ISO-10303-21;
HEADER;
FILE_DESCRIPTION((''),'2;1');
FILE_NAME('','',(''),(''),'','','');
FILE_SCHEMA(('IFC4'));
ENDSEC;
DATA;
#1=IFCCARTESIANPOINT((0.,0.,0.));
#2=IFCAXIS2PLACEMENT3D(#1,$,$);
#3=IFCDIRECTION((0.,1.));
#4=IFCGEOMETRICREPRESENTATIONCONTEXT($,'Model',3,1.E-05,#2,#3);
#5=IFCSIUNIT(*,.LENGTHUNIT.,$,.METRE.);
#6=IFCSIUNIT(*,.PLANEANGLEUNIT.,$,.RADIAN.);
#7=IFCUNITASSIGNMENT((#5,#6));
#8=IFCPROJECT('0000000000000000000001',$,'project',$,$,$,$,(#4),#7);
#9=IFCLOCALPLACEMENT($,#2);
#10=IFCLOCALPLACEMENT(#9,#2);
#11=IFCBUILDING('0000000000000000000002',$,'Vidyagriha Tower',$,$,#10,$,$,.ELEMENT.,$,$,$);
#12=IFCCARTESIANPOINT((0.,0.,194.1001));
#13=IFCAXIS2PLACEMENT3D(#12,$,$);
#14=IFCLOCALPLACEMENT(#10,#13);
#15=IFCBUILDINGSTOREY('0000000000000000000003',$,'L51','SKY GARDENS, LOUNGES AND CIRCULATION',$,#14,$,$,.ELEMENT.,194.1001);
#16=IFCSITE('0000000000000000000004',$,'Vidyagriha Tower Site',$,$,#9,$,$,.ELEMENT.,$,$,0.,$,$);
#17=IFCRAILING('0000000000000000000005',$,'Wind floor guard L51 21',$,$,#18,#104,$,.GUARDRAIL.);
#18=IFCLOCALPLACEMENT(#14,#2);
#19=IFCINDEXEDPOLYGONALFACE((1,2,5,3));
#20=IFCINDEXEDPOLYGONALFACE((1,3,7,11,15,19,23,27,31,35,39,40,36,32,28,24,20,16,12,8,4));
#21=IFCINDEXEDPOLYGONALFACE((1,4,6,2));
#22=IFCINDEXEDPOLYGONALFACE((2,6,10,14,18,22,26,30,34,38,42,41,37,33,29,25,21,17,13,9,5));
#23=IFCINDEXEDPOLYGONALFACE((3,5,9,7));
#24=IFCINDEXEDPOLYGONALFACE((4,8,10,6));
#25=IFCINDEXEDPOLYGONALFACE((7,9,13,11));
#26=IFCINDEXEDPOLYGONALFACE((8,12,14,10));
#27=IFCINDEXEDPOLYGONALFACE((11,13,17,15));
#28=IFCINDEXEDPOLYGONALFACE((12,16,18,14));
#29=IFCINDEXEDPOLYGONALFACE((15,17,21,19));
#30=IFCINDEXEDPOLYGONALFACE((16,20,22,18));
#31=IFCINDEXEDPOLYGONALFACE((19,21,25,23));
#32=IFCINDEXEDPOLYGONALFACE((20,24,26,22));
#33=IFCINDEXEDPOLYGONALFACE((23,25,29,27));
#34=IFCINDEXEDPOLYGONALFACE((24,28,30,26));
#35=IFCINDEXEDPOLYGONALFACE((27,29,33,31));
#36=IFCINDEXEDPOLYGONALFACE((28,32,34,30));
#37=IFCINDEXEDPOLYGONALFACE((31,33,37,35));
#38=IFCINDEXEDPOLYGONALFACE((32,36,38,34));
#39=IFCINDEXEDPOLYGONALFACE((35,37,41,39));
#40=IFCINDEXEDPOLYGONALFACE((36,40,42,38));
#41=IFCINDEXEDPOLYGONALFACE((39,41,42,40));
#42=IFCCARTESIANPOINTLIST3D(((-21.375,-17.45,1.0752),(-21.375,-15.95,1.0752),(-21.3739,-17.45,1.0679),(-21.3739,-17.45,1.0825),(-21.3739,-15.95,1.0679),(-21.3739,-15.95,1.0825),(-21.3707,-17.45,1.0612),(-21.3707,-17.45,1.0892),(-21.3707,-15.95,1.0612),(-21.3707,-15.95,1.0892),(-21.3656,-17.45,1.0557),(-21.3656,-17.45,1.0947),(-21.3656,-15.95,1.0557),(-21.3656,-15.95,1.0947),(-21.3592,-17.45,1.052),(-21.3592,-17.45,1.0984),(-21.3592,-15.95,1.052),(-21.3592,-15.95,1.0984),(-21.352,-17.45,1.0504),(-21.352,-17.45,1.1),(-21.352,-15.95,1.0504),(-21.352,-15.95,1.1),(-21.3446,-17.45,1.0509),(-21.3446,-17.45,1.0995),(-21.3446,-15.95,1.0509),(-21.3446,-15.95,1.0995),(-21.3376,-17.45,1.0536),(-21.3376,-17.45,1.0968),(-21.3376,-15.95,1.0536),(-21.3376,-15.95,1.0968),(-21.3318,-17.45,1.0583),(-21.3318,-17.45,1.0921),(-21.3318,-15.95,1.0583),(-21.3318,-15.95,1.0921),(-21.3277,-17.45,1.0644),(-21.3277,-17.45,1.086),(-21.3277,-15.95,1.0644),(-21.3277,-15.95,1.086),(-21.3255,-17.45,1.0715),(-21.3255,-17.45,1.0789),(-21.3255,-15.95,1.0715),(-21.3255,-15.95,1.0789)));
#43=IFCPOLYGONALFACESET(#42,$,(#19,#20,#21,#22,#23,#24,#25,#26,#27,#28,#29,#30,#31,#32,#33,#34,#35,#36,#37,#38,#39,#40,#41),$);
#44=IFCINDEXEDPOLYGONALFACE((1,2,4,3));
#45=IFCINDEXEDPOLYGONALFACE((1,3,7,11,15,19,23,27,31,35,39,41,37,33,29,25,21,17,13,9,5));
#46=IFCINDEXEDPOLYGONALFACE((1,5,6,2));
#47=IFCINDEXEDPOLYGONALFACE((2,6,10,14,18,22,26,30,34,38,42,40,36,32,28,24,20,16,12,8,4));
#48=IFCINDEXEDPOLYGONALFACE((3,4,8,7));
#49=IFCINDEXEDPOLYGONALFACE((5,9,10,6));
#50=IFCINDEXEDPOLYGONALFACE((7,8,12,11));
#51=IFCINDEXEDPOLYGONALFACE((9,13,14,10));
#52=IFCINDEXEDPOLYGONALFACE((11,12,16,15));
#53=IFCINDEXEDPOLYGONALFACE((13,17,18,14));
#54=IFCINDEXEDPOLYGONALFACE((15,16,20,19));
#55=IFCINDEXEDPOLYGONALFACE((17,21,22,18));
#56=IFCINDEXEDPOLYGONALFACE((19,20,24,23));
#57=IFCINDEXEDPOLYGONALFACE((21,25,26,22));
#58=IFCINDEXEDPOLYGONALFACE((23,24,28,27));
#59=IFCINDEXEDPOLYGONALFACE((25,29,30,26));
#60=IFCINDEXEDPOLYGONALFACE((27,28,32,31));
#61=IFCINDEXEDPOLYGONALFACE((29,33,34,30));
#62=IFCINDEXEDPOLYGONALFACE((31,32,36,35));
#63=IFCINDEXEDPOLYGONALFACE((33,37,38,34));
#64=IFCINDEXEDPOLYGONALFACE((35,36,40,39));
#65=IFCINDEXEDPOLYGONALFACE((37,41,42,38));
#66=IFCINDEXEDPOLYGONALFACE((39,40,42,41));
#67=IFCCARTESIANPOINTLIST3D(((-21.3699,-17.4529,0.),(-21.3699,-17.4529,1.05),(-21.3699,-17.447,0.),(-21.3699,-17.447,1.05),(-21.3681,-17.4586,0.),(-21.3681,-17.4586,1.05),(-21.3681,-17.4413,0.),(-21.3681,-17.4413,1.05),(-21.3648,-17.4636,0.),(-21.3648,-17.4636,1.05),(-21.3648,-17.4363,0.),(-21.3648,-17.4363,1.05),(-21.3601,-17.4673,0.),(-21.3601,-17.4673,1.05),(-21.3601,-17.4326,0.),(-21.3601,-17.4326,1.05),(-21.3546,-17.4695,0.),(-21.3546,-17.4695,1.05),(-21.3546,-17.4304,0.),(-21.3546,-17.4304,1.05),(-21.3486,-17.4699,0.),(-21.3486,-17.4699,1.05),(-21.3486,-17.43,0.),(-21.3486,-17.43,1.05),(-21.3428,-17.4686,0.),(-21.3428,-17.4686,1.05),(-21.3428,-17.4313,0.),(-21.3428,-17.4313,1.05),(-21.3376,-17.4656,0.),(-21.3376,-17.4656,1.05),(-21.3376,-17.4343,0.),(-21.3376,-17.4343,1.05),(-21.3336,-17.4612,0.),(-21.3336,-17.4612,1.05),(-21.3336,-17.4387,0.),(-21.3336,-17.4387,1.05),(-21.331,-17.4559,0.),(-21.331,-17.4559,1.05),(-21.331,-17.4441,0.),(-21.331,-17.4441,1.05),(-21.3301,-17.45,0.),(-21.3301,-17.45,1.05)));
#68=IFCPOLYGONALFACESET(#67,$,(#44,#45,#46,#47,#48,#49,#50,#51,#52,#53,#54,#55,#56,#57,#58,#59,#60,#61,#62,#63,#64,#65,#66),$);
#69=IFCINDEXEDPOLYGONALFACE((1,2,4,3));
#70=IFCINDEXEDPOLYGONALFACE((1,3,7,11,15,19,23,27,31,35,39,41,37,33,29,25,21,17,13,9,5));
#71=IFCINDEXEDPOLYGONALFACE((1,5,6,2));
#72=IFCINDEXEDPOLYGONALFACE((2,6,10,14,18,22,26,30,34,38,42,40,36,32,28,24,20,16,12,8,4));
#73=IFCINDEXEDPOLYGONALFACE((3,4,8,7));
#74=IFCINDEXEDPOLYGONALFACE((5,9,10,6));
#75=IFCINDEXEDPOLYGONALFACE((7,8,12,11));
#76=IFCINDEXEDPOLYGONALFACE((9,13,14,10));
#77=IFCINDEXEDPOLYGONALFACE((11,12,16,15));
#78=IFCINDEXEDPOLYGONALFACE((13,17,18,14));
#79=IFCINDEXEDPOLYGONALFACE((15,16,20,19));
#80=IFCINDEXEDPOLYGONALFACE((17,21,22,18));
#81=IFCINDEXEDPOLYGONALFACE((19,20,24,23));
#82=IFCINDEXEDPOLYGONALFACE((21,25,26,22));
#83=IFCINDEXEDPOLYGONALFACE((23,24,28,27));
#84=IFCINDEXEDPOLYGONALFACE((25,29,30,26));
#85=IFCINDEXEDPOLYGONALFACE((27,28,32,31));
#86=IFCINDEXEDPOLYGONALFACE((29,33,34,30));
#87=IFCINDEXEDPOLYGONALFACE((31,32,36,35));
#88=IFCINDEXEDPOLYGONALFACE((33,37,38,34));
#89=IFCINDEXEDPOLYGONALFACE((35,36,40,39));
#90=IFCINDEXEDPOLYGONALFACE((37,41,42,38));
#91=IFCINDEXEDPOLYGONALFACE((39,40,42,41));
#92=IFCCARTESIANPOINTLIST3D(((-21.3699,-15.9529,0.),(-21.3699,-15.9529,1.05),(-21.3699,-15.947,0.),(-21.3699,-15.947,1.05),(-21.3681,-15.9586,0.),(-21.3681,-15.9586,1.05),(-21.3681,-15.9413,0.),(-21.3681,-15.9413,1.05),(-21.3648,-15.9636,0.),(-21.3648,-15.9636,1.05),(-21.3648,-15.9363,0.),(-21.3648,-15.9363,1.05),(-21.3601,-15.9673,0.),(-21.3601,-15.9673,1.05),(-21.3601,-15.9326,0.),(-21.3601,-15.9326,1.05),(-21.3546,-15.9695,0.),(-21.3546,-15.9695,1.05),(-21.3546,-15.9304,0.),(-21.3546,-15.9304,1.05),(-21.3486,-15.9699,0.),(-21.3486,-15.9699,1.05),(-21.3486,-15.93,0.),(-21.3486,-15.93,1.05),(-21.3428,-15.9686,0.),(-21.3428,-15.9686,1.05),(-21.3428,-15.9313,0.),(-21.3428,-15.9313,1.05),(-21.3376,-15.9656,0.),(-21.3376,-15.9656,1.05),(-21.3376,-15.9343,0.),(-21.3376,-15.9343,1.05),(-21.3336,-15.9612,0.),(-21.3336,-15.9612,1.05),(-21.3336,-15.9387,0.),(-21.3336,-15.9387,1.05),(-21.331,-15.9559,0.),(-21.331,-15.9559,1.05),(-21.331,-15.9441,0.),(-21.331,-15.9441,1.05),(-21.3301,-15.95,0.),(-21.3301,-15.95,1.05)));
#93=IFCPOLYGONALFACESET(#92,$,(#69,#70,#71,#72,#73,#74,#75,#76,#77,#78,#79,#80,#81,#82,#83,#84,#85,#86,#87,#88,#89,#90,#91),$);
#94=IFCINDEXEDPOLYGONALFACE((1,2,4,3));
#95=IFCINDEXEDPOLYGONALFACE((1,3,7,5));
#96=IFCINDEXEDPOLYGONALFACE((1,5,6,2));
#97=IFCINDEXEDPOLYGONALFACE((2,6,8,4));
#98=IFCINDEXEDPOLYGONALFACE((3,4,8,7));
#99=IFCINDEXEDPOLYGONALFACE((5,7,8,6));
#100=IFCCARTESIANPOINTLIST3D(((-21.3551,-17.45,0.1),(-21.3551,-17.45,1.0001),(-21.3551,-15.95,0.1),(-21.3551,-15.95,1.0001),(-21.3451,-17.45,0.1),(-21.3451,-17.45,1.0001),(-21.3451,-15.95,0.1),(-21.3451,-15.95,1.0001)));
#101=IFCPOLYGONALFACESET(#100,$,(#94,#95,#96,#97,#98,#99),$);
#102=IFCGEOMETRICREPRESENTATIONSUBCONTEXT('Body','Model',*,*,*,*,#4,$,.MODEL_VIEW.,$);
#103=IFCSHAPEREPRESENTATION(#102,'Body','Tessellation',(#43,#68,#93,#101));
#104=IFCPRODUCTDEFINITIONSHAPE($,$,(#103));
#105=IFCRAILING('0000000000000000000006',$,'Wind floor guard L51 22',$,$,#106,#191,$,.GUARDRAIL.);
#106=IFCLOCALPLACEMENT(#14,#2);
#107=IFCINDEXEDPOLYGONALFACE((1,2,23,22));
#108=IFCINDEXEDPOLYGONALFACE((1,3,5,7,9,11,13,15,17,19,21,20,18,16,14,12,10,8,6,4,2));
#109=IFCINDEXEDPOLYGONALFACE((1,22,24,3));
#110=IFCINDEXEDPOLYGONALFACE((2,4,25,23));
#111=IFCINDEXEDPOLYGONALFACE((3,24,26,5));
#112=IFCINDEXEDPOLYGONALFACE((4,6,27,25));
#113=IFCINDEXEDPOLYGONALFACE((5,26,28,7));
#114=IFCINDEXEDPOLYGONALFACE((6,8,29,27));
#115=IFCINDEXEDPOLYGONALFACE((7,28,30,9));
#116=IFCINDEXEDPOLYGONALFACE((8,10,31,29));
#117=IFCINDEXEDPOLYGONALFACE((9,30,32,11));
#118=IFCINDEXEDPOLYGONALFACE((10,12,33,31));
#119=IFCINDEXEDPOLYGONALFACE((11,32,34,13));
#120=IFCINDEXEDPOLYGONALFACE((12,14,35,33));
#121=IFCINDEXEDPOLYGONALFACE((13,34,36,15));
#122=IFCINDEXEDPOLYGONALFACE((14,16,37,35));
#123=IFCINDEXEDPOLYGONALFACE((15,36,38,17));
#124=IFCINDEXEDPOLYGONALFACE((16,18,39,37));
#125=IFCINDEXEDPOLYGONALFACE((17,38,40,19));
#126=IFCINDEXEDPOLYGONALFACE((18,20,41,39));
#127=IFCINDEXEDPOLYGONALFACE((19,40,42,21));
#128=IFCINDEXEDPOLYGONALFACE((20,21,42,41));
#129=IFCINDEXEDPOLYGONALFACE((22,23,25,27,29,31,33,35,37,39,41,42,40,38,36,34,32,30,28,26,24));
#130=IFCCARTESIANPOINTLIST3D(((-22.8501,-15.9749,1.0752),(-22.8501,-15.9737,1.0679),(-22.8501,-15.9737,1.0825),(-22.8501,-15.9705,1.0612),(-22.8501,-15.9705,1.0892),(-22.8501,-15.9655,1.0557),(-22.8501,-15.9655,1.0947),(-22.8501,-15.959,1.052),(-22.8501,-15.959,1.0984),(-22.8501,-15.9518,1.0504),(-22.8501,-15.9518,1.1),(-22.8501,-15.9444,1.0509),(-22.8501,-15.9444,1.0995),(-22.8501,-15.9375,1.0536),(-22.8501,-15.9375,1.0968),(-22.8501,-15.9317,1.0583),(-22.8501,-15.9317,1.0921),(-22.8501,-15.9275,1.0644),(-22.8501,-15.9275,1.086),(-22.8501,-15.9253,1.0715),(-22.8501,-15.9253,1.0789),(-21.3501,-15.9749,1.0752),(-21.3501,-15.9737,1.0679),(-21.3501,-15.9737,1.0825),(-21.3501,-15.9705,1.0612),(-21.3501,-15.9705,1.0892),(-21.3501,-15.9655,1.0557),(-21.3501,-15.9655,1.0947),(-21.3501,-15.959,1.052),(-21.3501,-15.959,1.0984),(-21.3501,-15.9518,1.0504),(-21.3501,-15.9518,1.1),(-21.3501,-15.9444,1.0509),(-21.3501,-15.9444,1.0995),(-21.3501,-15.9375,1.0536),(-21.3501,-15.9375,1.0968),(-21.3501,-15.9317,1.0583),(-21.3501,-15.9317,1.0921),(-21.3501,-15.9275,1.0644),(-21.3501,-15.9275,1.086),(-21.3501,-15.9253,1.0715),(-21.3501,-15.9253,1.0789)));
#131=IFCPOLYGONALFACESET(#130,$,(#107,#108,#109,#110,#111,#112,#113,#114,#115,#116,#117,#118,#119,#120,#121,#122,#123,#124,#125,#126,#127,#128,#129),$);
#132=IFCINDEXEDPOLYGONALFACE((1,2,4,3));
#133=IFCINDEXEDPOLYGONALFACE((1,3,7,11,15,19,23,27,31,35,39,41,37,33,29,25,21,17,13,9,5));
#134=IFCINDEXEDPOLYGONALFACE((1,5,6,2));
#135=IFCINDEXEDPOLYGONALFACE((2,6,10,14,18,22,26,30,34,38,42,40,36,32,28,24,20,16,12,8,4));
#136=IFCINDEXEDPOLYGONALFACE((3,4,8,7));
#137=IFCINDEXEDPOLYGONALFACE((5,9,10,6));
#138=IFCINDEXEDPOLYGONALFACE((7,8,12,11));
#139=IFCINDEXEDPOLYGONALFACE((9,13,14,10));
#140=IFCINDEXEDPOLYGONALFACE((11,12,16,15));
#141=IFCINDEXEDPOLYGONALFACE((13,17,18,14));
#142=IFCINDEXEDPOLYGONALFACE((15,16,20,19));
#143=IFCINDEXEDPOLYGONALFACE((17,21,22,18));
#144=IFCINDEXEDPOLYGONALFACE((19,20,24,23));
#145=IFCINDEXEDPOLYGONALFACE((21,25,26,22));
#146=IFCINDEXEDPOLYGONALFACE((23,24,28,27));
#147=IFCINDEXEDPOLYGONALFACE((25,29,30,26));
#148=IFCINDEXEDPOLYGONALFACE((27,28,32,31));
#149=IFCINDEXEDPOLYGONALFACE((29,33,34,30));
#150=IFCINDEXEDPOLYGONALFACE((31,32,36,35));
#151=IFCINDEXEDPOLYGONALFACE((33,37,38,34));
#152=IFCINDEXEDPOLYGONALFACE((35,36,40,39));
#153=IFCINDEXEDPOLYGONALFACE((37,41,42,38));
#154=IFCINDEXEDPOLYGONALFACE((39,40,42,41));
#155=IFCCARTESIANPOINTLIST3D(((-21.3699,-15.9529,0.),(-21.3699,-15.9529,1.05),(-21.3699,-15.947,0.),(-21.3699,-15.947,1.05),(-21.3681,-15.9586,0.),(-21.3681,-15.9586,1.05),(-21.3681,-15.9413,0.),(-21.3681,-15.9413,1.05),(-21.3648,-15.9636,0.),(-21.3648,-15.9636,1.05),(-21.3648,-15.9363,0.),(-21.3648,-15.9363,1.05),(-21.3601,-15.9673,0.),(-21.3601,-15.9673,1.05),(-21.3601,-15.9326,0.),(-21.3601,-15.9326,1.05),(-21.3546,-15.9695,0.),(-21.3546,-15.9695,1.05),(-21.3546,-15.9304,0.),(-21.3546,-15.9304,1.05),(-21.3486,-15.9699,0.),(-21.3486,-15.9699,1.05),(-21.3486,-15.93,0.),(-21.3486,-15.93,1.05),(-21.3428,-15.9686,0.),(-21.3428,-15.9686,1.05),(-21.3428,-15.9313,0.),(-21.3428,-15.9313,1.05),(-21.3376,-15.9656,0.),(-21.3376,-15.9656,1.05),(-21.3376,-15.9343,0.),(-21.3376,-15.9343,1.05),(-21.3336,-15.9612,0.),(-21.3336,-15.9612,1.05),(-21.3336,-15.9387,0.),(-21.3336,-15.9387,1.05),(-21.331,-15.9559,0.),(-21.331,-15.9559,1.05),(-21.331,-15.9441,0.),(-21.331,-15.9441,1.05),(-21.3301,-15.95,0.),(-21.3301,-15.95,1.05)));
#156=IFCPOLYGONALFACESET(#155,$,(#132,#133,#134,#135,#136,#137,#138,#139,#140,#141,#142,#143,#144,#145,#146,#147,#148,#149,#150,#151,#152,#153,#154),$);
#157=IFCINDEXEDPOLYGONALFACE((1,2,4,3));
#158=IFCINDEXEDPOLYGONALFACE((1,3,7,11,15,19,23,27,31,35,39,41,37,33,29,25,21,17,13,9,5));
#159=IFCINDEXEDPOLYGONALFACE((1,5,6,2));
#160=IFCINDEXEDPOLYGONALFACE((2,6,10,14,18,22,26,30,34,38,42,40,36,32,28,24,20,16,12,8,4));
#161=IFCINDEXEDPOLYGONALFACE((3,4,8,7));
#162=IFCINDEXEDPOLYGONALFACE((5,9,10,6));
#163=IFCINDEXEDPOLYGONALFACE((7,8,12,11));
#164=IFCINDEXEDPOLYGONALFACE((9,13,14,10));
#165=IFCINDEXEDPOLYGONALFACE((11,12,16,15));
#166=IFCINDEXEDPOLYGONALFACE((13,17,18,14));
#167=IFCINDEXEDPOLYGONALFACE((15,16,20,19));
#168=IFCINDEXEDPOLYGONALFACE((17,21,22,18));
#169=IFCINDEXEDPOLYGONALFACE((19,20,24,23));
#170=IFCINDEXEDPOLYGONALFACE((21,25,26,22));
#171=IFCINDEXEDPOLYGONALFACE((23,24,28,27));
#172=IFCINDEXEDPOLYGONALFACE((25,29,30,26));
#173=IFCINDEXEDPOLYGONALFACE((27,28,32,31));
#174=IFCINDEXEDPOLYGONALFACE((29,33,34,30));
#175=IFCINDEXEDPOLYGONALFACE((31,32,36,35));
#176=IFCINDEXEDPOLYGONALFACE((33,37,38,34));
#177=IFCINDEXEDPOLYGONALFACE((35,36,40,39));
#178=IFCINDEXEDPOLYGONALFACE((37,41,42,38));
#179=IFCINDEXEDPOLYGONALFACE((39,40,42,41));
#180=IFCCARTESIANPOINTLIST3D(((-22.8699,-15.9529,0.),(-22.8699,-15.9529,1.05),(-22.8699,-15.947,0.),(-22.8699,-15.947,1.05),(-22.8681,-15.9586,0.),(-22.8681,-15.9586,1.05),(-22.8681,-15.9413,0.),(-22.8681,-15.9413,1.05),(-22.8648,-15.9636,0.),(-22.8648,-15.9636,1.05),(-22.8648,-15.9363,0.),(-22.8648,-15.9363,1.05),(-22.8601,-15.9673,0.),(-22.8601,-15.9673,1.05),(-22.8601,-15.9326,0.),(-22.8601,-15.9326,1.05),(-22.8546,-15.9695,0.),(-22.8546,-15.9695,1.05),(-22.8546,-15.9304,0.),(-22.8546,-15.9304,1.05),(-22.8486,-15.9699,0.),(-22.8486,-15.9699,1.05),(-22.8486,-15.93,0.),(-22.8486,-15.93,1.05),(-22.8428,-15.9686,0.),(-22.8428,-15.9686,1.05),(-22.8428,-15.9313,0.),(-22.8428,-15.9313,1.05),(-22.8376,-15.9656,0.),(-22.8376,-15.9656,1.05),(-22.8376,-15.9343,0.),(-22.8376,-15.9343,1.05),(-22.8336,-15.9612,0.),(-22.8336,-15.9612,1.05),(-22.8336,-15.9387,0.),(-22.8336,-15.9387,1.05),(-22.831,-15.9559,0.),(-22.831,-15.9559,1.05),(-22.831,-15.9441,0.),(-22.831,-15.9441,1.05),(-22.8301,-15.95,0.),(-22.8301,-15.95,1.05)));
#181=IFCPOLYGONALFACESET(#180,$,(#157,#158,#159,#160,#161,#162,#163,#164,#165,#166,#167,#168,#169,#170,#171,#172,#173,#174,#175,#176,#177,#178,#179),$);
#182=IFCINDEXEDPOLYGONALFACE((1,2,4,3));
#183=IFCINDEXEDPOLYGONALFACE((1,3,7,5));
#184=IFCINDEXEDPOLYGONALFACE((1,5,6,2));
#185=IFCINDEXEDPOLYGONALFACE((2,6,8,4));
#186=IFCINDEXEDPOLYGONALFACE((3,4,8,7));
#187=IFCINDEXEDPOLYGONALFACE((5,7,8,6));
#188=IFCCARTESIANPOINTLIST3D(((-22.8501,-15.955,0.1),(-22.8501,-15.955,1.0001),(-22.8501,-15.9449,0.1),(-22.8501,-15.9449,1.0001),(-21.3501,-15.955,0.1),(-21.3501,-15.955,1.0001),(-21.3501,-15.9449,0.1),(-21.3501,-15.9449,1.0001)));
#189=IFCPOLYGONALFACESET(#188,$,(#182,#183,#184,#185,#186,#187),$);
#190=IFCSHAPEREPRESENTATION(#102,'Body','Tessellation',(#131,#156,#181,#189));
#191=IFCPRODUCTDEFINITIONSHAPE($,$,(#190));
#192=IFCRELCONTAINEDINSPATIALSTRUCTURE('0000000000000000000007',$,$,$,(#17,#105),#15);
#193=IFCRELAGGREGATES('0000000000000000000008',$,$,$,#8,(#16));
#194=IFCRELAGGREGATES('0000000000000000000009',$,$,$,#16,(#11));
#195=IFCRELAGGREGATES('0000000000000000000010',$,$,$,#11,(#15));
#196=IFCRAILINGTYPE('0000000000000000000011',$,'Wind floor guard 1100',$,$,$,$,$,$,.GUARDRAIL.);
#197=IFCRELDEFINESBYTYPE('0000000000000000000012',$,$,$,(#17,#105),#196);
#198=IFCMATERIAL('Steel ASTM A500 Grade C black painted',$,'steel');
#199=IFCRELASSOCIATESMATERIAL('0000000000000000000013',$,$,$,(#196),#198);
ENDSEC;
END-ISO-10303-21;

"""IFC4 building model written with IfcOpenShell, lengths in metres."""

from ifc_helpers import new_model, si_unit, direction, frame, origin, origin_2d, place, context, subcontext, project, spatial, rectangle, circle, extrude, material, type_object, element, save


model = new_model("IFC4")

# Units and contexts
model_context = context("Model", 3, precision=1e-05, world=origin(), true_north=direction((0.0, 1.0)))
body_context = subcontext(model_context, "Body", "Model", "MODEL_VIEW")
ifc_project = project(units=[si_unit("LENGTHUNIT", "METRE"), si_unit("PLANEANGLEUNIT", "RADIAN")], contexts=[model_context])

# Site, building, storey
site_placement = place(None, origin())
site = spatial("IfcSite", under=ifc_project, at=site_placement, Name="Vidyagriha Tower Site", CompositionType="ELEMENT", RefElevation=0.0)
building_placement = place(site_placement, origin())
building = spatial("IfcBuilding", under=site, at=building_placement, Name="Vidyagriha Tower", CompositionType="ELEMENT")
storey_placement = place(building_placement, frame((0.0, 0.0, 194.1001)))
storey = spatial("IfcBuildingStorey", under=building, at=storey_placement, Name="L51", Description="SKY GARDENS, LOUNGES AND CIRCULATION", CompositionType="ELEMENT", Elevation=194.1001)

# Railings
ifc_material_1 = material(Name="Steel ASTM A500 Grade C black painted", Category="steel")
railing_type = type_object("IfcRailingType", Name="Wind floor guard 1100", PredefinedType="GUARDRAIL", material=ifc_material_1)
railing_1_placement = place(storey_placement, frame((-21.3501, -17.45, 0.0)))
element("IfcRailing", 1, at=railing_1_placement, inside=storey, type_object=railing_type, Name="Wind floor guard L51 21", PredefinedType="GUARDRAIL", context=body_context, shape_type="SweptSolid", body=[
    extrude(circle(Radius=0.0249, at=origin_2d()), frame((0.0, 0.0, 1.0752), z_axis=(0.0, 1.0, 0.0), x_axis=(-1.0, 0.0, 0.0)), (0.0, 0.0, 1.0), 1.5),
    extrude(circle(Radius=0.02, at=origin_2d()), origin(), (0.0, 0.0, 1.0), 1.05),
    extrude(circle(Radius=0.02, at=origin_2d()), frame((0.0, 1.5, 0.0)), (0.0, 0.0, 1.0), 1.05),
    extrude(rectangle(XDim=0.01, YDim=0.9001, at=origin_2d()), frame((0.0, 0.0, 0.55), z_axis=(0.0, 1.0, 0.0), x_axis=(-1.0, 0.0, 0.0)), (0.0, 0.0, 1.0), 1.5),
])
railing_2_placement = place(storey_placement, frame((-21.3501, -15.95, 0.0)))
element("IfcRailing", 2, at=railing_2_placement, inside=storey, type_object=railing_type, Name="Wind floor guard L51 22", PredefinedType="GUARDRAIL", context=body_context, shape_type="SweptSolid", body=[
    extrude(circle(Radius=0.0249, at=origin_2d()), frame((0.0, 0.0, 1.0752), z_axis=(-1.0, 0.0, 0.0), x_axis=(0.0, -1.0, 0.0)), (0.0, 0.0, 1.0), 1.5),
    extrude(circle(Radius=0.02, at=origin_2d()), origin(), (0.0, 0.0, 1.0), 1.05),
    extrude(circle(Radius=0.02, at=origin_2d()), frame((-1.5, 0.0, 0.0)), (0.0, 0.0, 1.0), 1.05),
    extrude(rectangle(XDim=0.01, YDim=0.9001, at=origin_2d()), frame((0.0, 0.0, 0.55), z_axis=(-1.0, 0.0, 0.0), x_axis=(0.0, -1.0, 0.0)), (0.0, 0.0, 1.0), 1.5),
])

save(model, "model.ifc")
